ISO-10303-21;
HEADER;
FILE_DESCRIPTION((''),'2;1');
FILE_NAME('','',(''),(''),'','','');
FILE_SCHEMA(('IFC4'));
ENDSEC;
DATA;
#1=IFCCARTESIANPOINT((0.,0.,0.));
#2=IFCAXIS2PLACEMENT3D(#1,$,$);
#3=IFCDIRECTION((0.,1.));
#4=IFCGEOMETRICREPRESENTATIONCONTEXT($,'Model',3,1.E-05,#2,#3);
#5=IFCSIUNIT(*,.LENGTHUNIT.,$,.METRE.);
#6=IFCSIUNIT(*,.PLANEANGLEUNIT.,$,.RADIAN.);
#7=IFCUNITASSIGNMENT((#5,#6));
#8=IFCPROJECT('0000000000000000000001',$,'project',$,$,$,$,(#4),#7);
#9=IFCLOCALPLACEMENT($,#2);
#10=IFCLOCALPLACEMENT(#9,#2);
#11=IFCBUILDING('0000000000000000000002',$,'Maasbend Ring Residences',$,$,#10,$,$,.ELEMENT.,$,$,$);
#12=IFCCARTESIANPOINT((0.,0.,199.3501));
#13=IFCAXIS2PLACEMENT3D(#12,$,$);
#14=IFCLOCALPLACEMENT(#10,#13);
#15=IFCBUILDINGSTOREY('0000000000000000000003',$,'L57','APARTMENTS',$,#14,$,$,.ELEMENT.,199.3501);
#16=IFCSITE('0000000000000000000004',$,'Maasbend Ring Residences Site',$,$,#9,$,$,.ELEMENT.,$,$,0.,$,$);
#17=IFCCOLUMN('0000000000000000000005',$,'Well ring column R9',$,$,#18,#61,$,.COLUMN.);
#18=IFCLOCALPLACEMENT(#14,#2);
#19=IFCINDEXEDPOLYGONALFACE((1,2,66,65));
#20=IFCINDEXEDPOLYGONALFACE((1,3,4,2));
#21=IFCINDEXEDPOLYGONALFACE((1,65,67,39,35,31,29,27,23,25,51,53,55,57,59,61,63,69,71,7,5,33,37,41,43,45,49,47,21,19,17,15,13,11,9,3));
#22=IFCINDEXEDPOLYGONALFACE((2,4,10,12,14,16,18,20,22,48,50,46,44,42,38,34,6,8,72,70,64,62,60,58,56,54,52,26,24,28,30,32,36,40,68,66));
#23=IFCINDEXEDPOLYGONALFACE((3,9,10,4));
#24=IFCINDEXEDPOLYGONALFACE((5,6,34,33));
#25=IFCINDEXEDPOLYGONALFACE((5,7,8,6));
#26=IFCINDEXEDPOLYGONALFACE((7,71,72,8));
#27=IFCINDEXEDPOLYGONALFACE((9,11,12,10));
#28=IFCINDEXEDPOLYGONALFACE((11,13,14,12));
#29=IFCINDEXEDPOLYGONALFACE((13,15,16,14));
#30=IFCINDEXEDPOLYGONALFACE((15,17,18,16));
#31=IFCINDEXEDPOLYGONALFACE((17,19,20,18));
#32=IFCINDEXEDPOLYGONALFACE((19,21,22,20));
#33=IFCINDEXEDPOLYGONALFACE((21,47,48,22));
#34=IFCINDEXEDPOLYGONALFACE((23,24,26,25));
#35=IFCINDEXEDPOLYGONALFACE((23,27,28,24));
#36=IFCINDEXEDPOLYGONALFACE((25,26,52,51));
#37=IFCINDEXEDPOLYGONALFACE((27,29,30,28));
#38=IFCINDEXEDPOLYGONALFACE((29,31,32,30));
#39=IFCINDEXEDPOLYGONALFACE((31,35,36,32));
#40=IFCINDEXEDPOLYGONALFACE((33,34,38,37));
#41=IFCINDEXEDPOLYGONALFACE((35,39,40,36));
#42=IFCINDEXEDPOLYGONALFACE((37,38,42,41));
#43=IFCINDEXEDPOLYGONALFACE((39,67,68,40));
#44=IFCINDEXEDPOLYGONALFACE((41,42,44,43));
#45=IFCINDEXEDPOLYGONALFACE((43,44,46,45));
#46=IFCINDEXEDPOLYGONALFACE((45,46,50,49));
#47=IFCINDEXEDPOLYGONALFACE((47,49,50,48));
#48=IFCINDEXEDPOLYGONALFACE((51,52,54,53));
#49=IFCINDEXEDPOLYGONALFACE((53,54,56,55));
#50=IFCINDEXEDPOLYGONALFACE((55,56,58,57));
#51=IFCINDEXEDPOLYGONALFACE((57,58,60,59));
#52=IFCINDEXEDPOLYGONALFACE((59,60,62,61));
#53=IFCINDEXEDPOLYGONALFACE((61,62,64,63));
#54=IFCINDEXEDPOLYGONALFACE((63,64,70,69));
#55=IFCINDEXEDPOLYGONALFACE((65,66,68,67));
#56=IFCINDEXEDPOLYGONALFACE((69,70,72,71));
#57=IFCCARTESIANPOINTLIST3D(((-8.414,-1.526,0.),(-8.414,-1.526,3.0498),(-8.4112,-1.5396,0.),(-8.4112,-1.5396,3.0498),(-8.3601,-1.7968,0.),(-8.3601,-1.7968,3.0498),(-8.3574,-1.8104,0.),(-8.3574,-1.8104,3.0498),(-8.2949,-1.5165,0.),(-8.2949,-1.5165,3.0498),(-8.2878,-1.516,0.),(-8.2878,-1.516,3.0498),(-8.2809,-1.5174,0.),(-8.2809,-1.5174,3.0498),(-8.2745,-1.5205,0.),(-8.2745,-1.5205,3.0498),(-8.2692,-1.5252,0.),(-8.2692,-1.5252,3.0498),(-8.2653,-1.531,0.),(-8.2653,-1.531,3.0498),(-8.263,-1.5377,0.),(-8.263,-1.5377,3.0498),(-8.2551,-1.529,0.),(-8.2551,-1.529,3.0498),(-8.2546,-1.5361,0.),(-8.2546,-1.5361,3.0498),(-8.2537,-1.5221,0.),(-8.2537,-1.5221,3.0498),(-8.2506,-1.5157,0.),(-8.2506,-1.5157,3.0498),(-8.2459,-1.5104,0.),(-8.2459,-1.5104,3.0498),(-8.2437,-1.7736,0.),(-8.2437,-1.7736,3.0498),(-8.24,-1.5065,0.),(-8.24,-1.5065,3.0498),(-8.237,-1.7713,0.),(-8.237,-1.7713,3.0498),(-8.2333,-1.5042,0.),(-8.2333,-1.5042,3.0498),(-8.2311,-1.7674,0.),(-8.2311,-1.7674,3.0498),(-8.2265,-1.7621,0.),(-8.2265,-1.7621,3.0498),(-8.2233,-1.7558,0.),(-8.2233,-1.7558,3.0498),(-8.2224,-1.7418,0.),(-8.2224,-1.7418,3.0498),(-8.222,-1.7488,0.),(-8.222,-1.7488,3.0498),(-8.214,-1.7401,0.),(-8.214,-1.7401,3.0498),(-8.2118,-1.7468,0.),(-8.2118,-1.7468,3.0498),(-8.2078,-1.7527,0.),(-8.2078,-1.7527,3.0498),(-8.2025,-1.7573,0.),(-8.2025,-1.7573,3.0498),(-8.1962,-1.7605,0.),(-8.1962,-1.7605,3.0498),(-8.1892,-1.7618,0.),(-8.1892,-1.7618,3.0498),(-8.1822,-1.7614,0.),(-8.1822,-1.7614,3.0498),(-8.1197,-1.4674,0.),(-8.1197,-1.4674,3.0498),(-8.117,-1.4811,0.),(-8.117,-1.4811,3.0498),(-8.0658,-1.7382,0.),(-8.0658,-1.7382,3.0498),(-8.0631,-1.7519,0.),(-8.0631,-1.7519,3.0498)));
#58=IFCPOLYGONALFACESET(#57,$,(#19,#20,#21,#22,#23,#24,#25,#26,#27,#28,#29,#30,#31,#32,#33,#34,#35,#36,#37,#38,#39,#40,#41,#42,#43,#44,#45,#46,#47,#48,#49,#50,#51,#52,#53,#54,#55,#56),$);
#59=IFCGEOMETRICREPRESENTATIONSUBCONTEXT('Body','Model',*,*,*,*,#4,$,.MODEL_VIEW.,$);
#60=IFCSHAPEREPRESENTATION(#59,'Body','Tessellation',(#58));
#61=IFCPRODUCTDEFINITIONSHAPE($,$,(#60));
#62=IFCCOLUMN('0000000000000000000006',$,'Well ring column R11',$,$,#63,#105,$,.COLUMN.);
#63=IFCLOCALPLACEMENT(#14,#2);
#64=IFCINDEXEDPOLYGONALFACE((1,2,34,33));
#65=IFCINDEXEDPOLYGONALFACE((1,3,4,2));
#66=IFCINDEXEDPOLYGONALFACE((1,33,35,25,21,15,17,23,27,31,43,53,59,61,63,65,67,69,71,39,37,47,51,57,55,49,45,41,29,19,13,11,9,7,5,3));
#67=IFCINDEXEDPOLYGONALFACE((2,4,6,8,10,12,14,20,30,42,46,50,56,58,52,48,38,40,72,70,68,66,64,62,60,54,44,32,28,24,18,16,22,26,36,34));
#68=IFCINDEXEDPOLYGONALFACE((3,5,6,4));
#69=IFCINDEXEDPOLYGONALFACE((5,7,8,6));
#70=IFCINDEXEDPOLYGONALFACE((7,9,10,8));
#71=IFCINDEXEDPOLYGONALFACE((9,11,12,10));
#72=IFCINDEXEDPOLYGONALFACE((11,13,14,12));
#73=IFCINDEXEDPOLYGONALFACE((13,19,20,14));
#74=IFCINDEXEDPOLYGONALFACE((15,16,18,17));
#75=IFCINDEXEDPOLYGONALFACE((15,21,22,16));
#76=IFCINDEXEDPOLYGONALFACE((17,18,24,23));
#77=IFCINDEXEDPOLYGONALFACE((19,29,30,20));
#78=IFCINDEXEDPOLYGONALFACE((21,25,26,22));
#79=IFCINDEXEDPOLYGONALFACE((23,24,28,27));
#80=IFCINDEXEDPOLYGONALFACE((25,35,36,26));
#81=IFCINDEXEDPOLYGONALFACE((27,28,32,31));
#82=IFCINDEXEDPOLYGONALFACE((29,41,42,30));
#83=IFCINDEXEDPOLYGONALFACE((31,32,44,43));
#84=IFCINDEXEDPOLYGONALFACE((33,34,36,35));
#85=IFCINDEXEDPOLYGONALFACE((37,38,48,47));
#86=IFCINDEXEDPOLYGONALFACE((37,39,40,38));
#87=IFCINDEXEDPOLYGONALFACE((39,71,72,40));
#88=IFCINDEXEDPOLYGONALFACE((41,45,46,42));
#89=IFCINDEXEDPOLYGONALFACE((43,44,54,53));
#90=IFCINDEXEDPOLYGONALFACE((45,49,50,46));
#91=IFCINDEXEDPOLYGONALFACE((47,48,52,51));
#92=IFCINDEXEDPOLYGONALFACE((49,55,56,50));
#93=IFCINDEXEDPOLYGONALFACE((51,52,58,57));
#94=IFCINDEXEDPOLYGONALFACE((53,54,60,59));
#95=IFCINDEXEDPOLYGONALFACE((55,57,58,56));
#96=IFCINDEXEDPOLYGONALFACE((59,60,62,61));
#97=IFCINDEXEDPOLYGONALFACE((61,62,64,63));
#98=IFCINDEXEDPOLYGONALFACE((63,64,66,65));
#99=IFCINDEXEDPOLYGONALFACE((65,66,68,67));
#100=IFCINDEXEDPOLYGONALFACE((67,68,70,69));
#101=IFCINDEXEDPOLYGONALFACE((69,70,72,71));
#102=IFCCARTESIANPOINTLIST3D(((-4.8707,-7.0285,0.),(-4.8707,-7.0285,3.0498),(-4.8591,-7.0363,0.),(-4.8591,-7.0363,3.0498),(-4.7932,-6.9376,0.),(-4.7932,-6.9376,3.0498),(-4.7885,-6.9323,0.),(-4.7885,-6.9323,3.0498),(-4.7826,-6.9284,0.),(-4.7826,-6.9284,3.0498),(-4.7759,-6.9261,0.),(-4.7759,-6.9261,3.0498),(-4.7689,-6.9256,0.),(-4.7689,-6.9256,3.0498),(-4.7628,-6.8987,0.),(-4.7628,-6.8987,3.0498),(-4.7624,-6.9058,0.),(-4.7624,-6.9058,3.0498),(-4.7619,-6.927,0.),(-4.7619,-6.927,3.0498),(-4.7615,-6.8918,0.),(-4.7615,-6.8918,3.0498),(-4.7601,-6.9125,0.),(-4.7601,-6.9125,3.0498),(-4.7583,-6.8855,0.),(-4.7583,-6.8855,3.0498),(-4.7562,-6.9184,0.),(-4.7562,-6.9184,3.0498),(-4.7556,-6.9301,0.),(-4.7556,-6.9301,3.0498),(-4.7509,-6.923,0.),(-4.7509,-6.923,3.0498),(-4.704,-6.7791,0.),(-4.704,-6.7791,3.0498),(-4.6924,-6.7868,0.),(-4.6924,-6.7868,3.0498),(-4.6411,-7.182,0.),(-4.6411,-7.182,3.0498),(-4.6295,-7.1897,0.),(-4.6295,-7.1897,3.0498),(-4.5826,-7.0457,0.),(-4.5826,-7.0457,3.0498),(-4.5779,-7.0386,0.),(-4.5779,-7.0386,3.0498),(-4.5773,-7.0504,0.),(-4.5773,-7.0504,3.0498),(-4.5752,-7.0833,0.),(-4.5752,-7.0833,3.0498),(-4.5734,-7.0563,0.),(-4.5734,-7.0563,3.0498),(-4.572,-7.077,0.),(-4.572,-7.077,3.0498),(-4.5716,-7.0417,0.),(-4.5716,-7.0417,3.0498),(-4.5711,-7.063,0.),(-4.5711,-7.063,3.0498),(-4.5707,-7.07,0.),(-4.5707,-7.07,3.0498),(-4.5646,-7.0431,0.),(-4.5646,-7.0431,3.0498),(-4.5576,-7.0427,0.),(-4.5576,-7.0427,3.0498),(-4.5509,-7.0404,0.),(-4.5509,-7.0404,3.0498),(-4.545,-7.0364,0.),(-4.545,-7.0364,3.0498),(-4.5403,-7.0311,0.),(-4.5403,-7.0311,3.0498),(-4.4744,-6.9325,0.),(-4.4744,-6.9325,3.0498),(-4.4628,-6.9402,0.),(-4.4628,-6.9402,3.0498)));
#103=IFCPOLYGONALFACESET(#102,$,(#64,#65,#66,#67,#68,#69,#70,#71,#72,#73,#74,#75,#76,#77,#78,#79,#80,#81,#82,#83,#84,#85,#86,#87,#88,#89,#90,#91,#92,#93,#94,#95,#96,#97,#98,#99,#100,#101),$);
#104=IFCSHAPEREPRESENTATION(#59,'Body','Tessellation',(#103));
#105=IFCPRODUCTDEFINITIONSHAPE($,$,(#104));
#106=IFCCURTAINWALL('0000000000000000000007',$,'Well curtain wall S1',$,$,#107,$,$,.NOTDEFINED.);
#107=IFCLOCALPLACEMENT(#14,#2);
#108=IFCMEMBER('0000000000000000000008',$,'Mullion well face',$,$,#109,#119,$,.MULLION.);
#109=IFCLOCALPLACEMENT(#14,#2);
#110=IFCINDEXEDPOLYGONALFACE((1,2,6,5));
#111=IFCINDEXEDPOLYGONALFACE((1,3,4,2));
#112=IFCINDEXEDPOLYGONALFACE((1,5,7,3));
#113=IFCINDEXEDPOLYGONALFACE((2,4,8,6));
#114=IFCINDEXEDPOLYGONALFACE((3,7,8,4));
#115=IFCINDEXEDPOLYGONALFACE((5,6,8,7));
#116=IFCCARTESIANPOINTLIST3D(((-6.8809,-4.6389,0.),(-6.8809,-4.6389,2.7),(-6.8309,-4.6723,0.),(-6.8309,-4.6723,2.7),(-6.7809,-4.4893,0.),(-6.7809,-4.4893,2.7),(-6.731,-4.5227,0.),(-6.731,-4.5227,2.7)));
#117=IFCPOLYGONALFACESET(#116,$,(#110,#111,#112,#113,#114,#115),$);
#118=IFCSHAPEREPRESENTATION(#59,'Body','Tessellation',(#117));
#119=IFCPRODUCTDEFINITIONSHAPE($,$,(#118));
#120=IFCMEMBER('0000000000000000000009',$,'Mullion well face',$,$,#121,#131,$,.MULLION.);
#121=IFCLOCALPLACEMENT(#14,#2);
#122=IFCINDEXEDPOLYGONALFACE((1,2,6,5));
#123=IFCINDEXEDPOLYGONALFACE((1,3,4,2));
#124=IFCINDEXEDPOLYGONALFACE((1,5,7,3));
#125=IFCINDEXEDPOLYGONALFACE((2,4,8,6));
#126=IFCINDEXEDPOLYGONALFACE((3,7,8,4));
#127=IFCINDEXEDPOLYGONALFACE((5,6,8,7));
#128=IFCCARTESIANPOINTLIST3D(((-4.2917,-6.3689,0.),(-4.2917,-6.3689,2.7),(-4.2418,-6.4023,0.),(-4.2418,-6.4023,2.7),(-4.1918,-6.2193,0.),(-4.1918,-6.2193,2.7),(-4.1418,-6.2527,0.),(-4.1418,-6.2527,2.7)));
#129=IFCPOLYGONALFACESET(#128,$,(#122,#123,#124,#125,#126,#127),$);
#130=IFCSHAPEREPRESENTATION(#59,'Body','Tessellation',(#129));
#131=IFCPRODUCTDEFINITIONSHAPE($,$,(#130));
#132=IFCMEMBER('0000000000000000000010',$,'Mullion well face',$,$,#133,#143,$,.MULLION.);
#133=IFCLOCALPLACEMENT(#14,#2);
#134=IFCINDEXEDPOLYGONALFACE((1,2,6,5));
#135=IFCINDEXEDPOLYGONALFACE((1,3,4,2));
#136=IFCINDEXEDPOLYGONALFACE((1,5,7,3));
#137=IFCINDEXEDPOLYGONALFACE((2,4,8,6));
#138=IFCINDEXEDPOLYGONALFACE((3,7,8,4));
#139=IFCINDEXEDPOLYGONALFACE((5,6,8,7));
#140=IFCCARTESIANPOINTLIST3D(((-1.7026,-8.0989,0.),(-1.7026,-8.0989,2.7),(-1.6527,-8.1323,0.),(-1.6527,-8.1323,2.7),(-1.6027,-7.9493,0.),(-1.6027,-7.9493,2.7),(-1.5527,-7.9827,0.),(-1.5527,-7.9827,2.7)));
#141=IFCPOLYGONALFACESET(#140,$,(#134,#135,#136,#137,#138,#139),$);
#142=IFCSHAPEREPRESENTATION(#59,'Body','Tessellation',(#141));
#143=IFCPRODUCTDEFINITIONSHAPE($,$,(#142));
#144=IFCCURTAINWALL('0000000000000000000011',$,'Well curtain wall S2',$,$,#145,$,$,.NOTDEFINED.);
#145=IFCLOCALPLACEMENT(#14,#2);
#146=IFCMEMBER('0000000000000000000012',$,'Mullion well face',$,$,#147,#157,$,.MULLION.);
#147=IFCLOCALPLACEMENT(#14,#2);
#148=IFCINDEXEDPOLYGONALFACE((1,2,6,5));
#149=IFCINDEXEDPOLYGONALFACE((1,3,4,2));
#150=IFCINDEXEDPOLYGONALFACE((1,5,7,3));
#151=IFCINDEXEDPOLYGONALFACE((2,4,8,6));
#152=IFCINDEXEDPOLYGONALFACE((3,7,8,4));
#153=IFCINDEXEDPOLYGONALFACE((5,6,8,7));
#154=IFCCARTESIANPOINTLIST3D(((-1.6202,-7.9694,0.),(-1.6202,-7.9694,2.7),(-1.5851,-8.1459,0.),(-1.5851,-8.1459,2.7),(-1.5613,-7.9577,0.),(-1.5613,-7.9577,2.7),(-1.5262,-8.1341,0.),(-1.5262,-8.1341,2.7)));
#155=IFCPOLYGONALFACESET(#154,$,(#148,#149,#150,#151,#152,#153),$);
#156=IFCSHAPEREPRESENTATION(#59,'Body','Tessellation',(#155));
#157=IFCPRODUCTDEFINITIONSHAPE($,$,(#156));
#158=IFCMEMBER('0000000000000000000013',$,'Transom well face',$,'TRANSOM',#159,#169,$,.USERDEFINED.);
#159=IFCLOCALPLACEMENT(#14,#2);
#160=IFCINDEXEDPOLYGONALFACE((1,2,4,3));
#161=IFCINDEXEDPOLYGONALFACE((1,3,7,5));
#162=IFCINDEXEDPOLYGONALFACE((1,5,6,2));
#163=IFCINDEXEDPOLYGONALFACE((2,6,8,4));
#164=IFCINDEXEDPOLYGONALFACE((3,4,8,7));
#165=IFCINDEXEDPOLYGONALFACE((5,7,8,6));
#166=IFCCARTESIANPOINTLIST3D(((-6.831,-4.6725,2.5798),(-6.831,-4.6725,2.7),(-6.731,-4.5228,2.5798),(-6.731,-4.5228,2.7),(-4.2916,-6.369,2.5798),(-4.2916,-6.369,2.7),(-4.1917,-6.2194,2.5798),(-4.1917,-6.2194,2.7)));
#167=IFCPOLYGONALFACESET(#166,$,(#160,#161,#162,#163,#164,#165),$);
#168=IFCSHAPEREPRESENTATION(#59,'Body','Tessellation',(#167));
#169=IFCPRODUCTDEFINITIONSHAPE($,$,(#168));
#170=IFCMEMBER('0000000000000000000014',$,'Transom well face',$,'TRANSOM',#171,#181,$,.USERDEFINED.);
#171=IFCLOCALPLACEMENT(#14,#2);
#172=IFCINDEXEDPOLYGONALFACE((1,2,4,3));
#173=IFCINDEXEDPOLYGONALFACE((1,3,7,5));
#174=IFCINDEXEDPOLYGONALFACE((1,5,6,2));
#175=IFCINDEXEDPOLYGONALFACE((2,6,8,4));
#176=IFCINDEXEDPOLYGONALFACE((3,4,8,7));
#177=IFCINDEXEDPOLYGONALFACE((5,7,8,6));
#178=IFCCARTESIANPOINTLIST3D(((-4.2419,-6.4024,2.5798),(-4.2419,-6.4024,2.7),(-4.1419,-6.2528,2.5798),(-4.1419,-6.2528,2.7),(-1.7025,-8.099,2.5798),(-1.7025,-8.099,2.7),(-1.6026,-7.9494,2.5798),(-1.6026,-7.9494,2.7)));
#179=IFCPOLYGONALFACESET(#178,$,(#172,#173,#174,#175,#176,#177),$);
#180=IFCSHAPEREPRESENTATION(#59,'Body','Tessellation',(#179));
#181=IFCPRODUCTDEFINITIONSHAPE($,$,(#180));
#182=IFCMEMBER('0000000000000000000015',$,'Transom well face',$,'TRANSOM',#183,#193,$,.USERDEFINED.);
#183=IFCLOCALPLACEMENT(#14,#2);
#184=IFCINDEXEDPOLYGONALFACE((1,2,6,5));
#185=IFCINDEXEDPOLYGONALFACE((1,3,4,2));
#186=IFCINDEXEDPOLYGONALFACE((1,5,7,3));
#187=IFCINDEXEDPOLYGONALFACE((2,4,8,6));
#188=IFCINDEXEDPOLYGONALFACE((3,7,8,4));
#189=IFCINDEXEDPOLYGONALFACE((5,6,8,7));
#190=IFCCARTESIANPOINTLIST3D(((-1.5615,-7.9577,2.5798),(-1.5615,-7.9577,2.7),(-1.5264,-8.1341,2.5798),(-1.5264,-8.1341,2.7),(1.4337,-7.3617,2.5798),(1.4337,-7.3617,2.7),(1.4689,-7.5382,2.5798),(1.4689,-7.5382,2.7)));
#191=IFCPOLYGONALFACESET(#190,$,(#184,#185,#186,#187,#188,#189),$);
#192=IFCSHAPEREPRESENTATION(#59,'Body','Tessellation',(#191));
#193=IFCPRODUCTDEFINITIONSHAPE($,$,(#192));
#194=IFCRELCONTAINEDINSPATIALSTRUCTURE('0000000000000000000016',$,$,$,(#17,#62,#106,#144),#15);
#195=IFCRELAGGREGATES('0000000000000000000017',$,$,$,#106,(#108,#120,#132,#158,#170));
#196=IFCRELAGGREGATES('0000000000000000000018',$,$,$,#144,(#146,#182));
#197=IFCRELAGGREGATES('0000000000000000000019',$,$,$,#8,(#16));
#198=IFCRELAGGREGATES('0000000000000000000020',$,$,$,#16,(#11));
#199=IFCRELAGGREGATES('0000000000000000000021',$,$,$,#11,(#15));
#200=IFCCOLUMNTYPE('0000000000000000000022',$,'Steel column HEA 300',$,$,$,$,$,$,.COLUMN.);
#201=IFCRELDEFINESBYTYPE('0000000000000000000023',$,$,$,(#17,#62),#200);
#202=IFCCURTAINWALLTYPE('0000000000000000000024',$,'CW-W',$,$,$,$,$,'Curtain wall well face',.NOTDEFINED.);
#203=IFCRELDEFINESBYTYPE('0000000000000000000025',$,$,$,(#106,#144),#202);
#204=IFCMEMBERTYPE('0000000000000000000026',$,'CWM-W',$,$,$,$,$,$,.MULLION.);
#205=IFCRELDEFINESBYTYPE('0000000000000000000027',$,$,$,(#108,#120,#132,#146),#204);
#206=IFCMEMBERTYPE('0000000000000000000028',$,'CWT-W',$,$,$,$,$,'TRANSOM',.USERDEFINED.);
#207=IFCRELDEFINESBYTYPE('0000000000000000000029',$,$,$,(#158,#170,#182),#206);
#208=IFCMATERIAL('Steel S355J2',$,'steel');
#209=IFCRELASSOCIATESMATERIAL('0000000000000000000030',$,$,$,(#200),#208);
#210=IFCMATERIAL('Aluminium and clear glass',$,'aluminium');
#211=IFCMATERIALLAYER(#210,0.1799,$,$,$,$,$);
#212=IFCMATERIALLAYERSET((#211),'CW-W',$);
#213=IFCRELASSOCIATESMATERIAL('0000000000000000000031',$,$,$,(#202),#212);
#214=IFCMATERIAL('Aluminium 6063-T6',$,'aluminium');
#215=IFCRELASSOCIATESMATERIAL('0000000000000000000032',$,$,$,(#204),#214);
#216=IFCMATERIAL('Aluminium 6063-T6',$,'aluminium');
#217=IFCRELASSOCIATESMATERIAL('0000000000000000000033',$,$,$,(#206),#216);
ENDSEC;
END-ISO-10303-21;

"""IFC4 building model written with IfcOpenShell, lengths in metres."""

from ifc_helpers import new_model, si_unit, direction, frame, origin, origin_2d, place, context, subcontext, project, spatial, rectangle, i_section, extrude, material, layer, layer_set, material_profile, profile_set, type_object, element, aggregate, save


model = new_model("IFC4")

# Units and contexts
model_context = context("Model", 3, precision=1e-05, world=origin(), true_north=direction((0.0, 1.0)))
body_context = subcontext(model_context, "Body", "Model", "MODEL_VIEW")
ifc_project = project(units=[si_unit("LENGTHUNIT", "METRE"), si_unit("PLANEANGLEUNIT", "RADIAN")], contexts=[model_context])

# Site, building, storey
site_placement = place(None, origin())
site = spatial("IfcSite", under=ifc_project, at=site_placement, Name="Maasbend Ring Residences Site", CompositionType="ELEMENT", RefElevation=0.0)
building_placement = place(site_placement, origin())
building = spatial("IfcBuilding", under=site, at=building_placement, Name="Maasbend Ring Residences", CompositionType="ELEMENT")
storey_placement = place(building_placement, frame((0.0, 0.0, 199.3501)))
storey = spatial("IfcBuildingStorey", under=building, at=storey_placement, Name="L57", Description="APARTMENTS", CompositionType="ELEMENT", Elevation=199.3501)

# Columns
ifc_material_1 = material(Name="Steel S355J2", Category="steel")
ifc_material_profile_1 = material_profile(ifc_material_1, i_section(OverallWidth=0.3, OverallDepth=0.29, WebThickness=0.0085, FlangeThickness=0.0139, FilletRadius=0.0271, at=origin_2d()), Name="HEA 300")
ifc_profile_set_1 = profile_set([ifc_material_profile_1], Name="Steel S355J2")
column_type = type_object("IfcColumnType", Name="Steel column HEA 300", PredefinedType="COLUMN", material=ifc_profile_set_1)
for number, where, z_axis, x_axis, name in (
    (1, (-8.2385, -1.6389, 0.0), (0.0, 0.0, 1.0), (-0.980785, -0.19509, 0.0), "Well ring column R9"),
    (2, (-4.6667, -6.9844, 0.0), (0.0, 0.0, 1.0), (-0.55557, -0.83147, 0.0), "Well ring column R11"),
):
    element("IfcColumn", number, at=place(storey_placement, frame(where, z_axis=z_axis, x_axis=x_axis)), inside=storey, type_object=column_type, Name=name, PredefinedType="COLUMN", context=body_context, shape_type="SweptSolid", body=[
        extrude(i_section(OverallWidth=0.3, OverallDepth=0.29, WebThickness=0.0085, FlangeThickness=0.0139, FilletRadius=0.0271, at=origin_2d()), origin(), (0.0, 0.0, 1.0), 3.0498),
    ])

# Curtain wall, members
ifc_material_2 = material(Name="Aluminium and clear glass", Category="aluminium")
ifc_layer_1 = layer(ifc_material_2, 0.1799)
ifc_layer_set_1 = layer_set([ifc_layer_1], Name="CW-W")
curtain_wall_type = type_object("IfcCurtainWallType", Name="CW-W", ElementType="Curtain wall well face", PredefinedType="NOTDEFINED", material=ifc_layer_set_1)
curtain_wall_1_placement = place(storey_placement, origin())
curtain_wall_1 = element("IfcCurtainWall", 3, at=curtain_wall_1_placement, inside=storey, type_object=curtain_wall_type, Name="Well curtain wall S1", PredefinedType="NOTDEFINED")
ifc_material_3 = material(Name="Aluminium 6063-T6", Category="aluminium")
ifc_material_profile_2 = material_profile(ifc_material_3, rectangle(XDim=0.1799, YDim=0.0601, at=origin_2d()), Name="AL 180x60")
ifc_profile_set_2 = profile_set([ifc_material_profile_2], Name="Aluminium 6063-T6")
member_type_1 = type_object("IfcMemberType", Name="CWM-W", PredefinedType="MULLION", material=ifc_profile_set_2)
member_1_placement = place(storey_placement, frame((-6.8059, -4.5808, 0.0), z_axis=(0.0, 0.0, 1.0), x_axis=(0.55557, 0.83147, 0.0)))
member_1 = element("IfcMember", 4, at=member_1_placement, type_object=member_type_1, Name="Mullion well face", PredefinedType="MULLION", context=body_context, shape_type="SweptSolid", body=[
    extrude(rectangle(XDim=0.1799, YDim=0.0601, at=origin_2d()), origin(), (0.0, 0.0, 1.0), 2.7),
])
member_2_placement = place(storey_placement, frame((-4.2168, -6.3108, 0.0), z_axis=(0.0, 0.0, 1.0), x_axis=(0.55557, 0.83147, 0.0)))
member_2 = element("IfcMember", 5, at=member_2_placement, type_object=member_type_1, Name="Mullion well face", PredefinedType="MULLION", context=body_context, shape_type="SweptSolid", body=[
    extrude(rectangle(XDim=0.1799, YDim=0.0601, at=origin_2d()), origin(), (0.0, 0.0, 1.0), 2.7),
])
member_3_placement = place(storey_placement, frame((-1.6277, -8.0408, 0.0), z_axis=(0.0, 0.0, 1.0), x_axis=(0.55557, 0.83147, 0.0)))
member_3 = element("IfcMember", 6, at=member_3_placement, type_object=member_type_1, Name="Mullion well face", PredefinedType="MULLION", context=body_context, shape_type="SweptSolid", body=[
    extrude(rectangle(XDim=0.1799, YDim=0.0601, at=origin_2d()), origin(), (0.0, 0.0, 1.0), 2.7),
])

# Curtain wall, member
curtain_wall_2_placement = place(storey_placement, origin())
curtain_wall_2 = element("IfcCurtainWall", 7, at=curtain_wall_2_placement, inside=storey, type_object=curtain_wall_type, Name="Well curtain wall S2", PredefinedType="NOTDEFINED")
member_4_placement = place(storey_placement, frame((-1.5732, -8.0518, 0.0), z_axis=(0.0, 0.0, 1.0), x_axis=(-0.19509, 0.980785, 0.0)))
member_4 = element("IfcMember", 8, at=member_4_placement, type_object=member_type_1, Name="Mullion well face", PredefinedType="MULLION", context=body_context, shape_type="SweptSolid", body=[
    extrude(rectangle(XDim=0.1799, YDim=0.0601, at=origin_2d()), origin(), (0.0, 0.0, 1.0), 2.7),
])

# Members
ifc_material_4 = material(Name="Aluminium 6063-T6", Category="aluminium")
ifc_material_profile_3 = material_profile(ifc_material_4, rectangle(XDim=0.1799, YDim=0.1201, at=origin_2d()), Name="AL 180x120")
ifc_profile_set_3 = profile_set([ifc_material_profile_3], Name="Aluminium 6063-T6")
member_type_2 = type_object("IfcMemberType", Name="CWT-W", ElementType="TRANSOM", PredefinedType="USERDEFINED", material=ifc_profile_set_3)
member_5_placement = place(storey_placement, frame((-6.781, -4.5977, 2.6399), z_axis=(0.831496, -0.55553, 0.0), x_axis=(0.55553, 0.831496, 0.0)))
member_5 = element("IfcMember", 9, at=member_5_placement, type_object=member_type_2, Name="Transom well face", ObjectType="TRANSOM", PredefinedType="USERDEFINED", context=body_context, shape_type="SweptSolid", body=[
    extrude(rectangle(XDim=0.1799, YDim=0.1201, at=origin_2d()), origin(), (0.0, 0.0, 1.0), 3.054),
])
member_6_placement = place(storey_placement, frame((-4.1919, -6.3276, 2.6399), z_axis=(0.831496, -0.55553, 0.0), x_axis=(0.55553, 0.831496, 0.0)))
member_6 = element("IfcMember", 10, at=member_6_placement, type_object=member_type_2, Name="Transom well face", ObjectType="TRANSOM", PredefinedType="USERDEFINED", context=body_context, shape_type="SweptSolid", body=[
    extrude(rectangle(XDim=0.1799, YDim=0.1201, at=origin_2d()), origin(), (0.0, 0.0, 1.0), 3.054),
])
member_7_placement = place(storey_placement, frame((-1.5439, -8.0459, 2.6399), z_axis=(0.980777, 0.195132, 0.0), x_axis=(-0.195132, 0.980777, 0.0)))
member_7 = element("IfcMember", 11, at=member_7_placement, type_object=member_type_2, Name="Transom well face", ObjectType="TRANSOM", PredefinedType="USERDEFINED", context=body_context, shape_type="SweptSolid", body=[
    extrude(rectangle(XDim=0.1799, YDim=0.1201, at=origin_2d()), origin(), (0.0, 0.0, 1.0), 3.054),
])

aggregate(curtain_wall_1, [member_1, member_2, member_3, member_5, member_6])
aggregate(curtain_wall_2, [member_4, member_7])

save(model, "model.ifc")
